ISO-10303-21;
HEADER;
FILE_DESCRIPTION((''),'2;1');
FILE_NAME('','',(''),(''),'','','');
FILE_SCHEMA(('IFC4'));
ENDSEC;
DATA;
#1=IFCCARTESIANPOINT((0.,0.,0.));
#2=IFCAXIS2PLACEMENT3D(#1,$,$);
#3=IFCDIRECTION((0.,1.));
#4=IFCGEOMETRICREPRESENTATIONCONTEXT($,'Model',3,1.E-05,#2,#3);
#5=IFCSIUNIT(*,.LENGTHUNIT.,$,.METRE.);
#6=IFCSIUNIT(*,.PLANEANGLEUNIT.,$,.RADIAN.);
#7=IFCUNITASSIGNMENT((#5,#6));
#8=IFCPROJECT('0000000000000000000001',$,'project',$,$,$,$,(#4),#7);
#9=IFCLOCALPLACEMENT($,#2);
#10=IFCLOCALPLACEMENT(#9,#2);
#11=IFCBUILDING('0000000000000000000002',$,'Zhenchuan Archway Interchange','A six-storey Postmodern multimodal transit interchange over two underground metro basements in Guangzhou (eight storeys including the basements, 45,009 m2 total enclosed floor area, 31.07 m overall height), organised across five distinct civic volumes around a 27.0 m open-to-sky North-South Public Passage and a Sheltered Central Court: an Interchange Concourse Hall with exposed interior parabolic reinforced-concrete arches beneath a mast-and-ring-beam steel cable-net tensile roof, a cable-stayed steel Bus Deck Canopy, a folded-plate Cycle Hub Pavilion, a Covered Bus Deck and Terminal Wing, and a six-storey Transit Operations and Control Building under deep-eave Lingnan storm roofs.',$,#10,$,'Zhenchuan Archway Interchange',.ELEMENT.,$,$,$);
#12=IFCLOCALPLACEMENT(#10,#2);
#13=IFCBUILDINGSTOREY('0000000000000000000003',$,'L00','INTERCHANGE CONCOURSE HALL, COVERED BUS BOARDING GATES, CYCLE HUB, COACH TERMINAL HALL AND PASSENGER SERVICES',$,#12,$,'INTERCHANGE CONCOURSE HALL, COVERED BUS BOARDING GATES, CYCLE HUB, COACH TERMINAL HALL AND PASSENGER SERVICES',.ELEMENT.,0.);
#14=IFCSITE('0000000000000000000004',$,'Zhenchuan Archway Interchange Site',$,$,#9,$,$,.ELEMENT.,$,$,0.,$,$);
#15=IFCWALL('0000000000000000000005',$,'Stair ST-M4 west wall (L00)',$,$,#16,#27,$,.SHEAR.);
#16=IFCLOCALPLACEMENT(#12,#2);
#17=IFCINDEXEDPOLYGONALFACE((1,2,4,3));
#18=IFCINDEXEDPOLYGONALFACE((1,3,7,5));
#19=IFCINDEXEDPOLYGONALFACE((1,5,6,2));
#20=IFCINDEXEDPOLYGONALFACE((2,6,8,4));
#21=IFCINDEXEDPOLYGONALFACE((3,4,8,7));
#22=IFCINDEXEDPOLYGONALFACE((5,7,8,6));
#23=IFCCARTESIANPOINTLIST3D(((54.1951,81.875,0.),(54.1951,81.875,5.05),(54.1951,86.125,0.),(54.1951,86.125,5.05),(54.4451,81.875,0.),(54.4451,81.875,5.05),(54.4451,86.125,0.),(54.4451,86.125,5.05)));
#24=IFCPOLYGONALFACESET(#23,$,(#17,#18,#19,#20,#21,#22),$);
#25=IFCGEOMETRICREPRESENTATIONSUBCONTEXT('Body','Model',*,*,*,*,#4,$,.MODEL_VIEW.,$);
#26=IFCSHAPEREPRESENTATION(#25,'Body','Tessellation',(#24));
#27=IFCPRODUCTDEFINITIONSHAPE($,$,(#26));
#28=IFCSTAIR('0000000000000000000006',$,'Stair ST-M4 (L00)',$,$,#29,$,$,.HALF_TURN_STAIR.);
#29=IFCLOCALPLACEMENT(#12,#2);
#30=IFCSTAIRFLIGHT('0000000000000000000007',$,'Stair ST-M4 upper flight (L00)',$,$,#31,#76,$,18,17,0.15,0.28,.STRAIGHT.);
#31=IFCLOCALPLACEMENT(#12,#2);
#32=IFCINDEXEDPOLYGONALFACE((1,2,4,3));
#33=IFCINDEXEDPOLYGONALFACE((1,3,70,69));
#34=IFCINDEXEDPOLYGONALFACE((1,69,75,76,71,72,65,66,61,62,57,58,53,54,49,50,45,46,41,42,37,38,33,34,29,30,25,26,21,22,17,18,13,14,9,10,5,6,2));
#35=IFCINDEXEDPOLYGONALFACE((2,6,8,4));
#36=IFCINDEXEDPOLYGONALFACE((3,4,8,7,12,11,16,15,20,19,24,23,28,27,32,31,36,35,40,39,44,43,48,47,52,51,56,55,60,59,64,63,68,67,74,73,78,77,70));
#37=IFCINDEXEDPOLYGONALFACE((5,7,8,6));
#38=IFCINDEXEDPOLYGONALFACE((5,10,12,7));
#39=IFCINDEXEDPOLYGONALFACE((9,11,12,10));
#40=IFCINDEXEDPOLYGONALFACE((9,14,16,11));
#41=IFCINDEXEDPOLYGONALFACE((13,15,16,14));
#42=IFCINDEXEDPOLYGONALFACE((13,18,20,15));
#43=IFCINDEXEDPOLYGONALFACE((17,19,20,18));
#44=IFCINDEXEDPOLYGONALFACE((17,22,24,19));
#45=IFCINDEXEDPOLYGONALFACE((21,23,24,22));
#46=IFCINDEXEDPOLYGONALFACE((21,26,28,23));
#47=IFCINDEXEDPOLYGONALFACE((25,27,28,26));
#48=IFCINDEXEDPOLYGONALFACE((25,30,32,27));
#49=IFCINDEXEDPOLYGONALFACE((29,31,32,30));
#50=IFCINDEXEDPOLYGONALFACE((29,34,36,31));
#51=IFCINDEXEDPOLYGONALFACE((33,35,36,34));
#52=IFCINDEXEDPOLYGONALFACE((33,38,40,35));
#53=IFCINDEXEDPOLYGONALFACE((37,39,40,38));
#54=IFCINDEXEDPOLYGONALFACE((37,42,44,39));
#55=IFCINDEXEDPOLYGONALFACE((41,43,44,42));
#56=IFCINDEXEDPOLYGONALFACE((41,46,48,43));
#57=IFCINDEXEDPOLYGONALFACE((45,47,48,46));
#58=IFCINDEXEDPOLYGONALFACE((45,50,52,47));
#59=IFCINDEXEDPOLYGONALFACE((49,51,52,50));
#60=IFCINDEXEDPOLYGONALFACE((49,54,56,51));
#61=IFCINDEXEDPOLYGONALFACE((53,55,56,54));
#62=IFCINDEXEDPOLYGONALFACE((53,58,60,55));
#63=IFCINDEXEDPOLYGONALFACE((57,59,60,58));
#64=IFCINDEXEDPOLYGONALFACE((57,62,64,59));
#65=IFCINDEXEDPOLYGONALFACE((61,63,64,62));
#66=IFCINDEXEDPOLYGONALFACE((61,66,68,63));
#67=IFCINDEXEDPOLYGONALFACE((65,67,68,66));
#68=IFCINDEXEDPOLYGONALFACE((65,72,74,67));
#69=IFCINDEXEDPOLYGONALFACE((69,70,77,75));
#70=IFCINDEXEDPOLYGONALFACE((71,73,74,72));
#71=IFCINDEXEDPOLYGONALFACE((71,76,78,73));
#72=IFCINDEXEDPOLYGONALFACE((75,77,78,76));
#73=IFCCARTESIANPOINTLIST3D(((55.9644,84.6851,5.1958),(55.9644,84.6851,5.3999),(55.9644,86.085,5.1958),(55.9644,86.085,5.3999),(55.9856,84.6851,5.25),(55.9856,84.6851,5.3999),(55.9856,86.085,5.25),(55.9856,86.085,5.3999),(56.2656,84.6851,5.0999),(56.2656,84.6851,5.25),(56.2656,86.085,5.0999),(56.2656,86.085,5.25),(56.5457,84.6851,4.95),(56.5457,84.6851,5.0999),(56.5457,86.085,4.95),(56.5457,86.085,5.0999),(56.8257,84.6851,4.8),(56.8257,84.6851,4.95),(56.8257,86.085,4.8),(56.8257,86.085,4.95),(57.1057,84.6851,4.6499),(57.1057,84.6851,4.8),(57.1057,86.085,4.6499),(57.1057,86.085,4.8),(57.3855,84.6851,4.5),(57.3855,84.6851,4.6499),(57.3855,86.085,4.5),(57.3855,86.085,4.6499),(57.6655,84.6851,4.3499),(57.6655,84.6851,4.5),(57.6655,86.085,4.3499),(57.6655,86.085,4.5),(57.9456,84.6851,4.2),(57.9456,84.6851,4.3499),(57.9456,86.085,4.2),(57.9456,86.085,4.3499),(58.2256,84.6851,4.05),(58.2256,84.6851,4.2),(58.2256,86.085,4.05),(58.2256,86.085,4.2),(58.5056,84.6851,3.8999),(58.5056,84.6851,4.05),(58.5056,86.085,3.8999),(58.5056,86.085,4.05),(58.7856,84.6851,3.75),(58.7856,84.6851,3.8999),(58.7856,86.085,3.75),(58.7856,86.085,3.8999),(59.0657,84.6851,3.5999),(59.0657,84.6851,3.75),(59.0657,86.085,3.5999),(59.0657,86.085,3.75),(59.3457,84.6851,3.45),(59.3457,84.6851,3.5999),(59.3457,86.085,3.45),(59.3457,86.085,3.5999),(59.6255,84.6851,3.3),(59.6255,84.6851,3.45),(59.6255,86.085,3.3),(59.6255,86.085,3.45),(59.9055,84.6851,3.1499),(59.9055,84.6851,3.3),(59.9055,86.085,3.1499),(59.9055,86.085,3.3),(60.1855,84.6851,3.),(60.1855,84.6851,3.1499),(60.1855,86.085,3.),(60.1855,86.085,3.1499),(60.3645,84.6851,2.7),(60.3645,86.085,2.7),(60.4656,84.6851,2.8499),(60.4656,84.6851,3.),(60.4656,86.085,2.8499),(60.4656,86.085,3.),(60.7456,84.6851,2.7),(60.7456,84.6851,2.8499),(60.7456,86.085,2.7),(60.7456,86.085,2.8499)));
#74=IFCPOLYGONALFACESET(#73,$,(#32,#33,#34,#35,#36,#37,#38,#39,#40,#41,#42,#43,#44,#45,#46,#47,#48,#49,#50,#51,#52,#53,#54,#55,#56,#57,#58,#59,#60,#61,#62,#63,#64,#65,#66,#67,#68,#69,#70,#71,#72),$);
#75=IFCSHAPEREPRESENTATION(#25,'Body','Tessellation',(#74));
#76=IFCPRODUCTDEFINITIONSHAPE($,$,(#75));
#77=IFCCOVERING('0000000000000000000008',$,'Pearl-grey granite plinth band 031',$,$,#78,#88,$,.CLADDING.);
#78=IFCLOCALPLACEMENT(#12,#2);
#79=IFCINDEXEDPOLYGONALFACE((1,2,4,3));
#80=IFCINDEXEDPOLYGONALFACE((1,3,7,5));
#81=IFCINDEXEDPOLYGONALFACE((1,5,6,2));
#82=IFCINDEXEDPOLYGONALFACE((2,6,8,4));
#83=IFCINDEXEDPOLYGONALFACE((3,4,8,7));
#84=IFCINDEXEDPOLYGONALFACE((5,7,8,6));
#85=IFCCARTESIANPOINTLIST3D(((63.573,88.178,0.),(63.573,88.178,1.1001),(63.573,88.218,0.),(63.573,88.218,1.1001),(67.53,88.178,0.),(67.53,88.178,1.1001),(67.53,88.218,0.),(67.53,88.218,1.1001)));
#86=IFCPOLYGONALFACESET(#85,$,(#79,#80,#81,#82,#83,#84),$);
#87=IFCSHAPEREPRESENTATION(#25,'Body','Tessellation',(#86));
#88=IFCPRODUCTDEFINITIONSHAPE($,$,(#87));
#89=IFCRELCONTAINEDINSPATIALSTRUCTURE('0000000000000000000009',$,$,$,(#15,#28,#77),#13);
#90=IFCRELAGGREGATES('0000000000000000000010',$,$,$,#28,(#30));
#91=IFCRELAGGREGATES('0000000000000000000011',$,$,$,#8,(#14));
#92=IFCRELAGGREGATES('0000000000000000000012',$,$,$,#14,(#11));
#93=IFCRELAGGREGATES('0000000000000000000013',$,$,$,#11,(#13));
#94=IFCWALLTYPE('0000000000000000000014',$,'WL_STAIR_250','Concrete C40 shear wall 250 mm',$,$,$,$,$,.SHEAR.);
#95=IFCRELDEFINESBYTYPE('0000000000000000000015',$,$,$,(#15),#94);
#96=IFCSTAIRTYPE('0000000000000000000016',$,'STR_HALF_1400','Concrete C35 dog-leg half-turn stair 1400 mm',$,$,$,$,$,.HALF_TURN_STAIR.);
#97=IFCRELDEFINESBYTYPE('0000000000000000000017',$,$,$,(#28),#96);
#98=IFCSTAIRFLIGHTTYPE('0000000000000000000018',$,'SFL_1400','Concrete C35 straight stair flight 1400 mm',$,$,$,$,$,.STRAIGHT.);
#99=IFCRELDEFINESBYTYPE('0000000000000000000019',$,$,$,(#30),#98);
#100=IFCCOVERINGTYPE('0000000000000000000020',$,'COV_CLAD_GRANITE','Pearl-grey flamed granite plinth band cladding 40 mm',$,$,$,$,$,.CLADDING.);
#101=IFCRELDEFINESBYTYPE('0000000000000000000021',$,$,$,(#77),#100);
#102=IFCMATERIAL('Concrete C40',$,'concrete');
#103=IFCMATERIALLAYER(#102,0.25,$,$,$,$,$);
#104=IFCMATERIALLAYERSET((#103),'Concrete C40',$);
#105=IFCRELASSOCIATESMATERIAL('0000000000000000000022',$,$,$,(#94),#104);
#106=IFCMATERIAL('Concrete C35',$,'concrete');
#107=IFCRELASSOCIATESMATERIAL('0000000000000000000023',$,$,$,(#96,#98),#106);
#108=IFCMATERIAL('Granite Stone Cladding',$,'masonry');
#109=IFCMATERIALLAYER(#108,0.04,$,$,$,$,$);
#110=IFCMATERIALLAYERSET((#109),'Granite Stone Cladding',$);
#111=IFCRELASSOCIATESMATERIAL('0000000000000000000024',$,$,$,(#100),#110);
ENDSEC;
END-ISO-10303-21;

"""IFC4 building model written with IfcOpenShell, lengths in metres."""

from ifc_helpers import new_model, si_unit, direction, frame, frame_2d, origin, origin_2d, place, context, subcontext, project, spatial, polyline, rectangle, outline, extrude, material, layer, layer_set, type_object, element, aggregate, save


model = new_model("IFC4")

# Units and contexts
model_context = context("Model", 3, precision=1e-05, world=origin(), true_north=direction((0.0, 1.0)))
body_context = subcontext(model_context, "Body", "Model", "MODEL_VIEW")
ifc_project = project(units=[si_unit("LENGTHUNIT", "METRE"), si_unit("PLANEANGLEUNIT", "RADIAN")], contexts=[model_context])

# Site, building, storey
site_placement = place(None, origin())
site = spatial("IfcSite", under=ifc_project, at=site_placement, Name="Zhenchuan Archway Interchange Site", CompositionType="ELEMENT", RefElevation=0.0)
building_placement = place(site_placement, origin())
building = spatial("IfcBuilding", under=site, at=building_placement, Name="Zhenchuan Archway Interchange", Description="A six-storey Postmodern multimodal transit interchange over two underground metro basements in Guangzhou (eight storeys including the basements, 45,009 m2 total enclosed floor area, 31.07 m overall height), organised across five distinct civic volumes around a 27.0 m open-to-sky North-South Public Passage and a Sheltered Central Court: an Interchange Concourse Hall with exposed interior parabolic reinforced-concrete arches beneath a mast-and-ring-beam steel cable-net tensile roof, a cable-stayed steel Bus Deck Canopy, a folded-plate Cycle Hub Pavilion, a Covered Bus Deck and Terminal Wing, and a six-storey Transit Operations and Control Building under deep-eave Lingnan storm roofs.", LongName="Zhenchuan Archway Interchange", CompositionType="ELEMENT")
storey_placement = place(building_placement, origin())
storey = spatial("IfcBuildingStorey", under=building, at=storey_placement, Name="L00", Description="INTERCHANGE CONCOURSE HALL, COVERED BUS BOARDING GATES, CYCLE HUB, COACH TERMINAL HALL AND PASSENGER SERVICES", LongName="INTERCHANGE CONCOURSE HALL, COVERED BUS BOARDING GATES, CYCLE HUB, COACH TERMINAL HALL AND PASSENGER SERVICES", CompositionType="ELEMENT", Elevation=0.0)

# Shared definitions
ifc_material_1 = material(Name="Concrete C40", Category="concrete")

# Wall
ifc_layer_1 = layer(ifc_material_1, 0.25)
ifc_layer_set_1 = layer_set([ifc_layer_1], Name="Concrete C40")
wall_type_1 = type_object("IfcWallType", Name="WL_STAIR_250", Description="Concrete C40 shear wall 250 mm", PredefinedType="SHEAR", material=ifc_layer_set_1)
wall_1_placement = place(storey_placement, frame((54.3201, 86.125, 0.0), z_axis=(0.0, 0.0, 1.0), x_axis=(0.0, -1.0, 0.0)))
element("IfcWall", 1, at=wall_1_placement, inside=storey, type_object=wall_type_1, Name="Stair ST-M4 west wall (L00)", PredefinedType="SHEAR", context=body_context, shape_type="SweptSolid", body=[
    extrude(rectangle(XDim=4.25, YDim=0.25, at=frame_2d((2.125, 0.0))), origin(), (0.0, 0.0, 1.0), 5.05),
])

# Stair, stair flight
ifc_material_2 = material(Name="Concrete C35", Category="concrete")
stair_type = type_object("IfcStairType", Name="STR_HALF_1400", Description="Concrete C35 dog-leg half-turn stair 1400 mm", PredefinedType="HALF_TURN_STAIR", material=ifc_material_2)
stair_placement = place(storey_placement, origin())
stair = element("IfcStair", 2, at=stair_placement, inside=storey, type_object=stair_type, Name="Stair ST-M4 (L00)", PredefinedType="HALF_TURN_STAIR")
stair_flight_type = type_object("IfcStairFlightType", Name="SFL_1400", Description="Concrete C35 straight stair flight 1400 mm", PredefinedType="STRAIGHT", material=ifc_material_2)
stair_flight_placement = place(storey_placement, frame((60.7456, 85.385, 2.7), z_axis=(0.0, 0.0, 1.0), x_axis=(-1.0, 0.0, 0.0)))
stair_flight = element("IfcStairFlight", 3, at=stair_flight_placement, type_object=stair_flight_type, Name="Stair ST-M4 upper flight (L00)", NumberOfRisers=18, NumberOfTreads=17, PredefinedType="STRAIGHT", RiserHeight=0.15, TreadLength=0.28, context=body_context, shape_type="SweptSolid", body=[
    extrude(outline(polyline([(0.0, 0.0), (0.0, 0.1499), (0.28, 0.1499), (0.28, 0.3), (0.5601, 0.3), (0.5601, 0.45), (0.8401, 0.45), (0.8401, 0.6001), (1.1201, 0.6001), (1.1201, 0.75), (1.3999, 0.75), (1.3999, 0.8999), (1.6799, 0.8999), (1.6799, 1.05), (1.96, 1.05), (1.96, 1.2), (2.24, 1.2), (2.24, 1.3501), (2.52, 1.3501), (2.52, 1.5), (2.8, 1.5), (2.8, 1.6499), (3.0801, 1.6499), (3.0801, 1.8), (3.3601, 1.8), (3.3601, 1.95), (3.6399, 1.95), (3.6399, 2.1001), (3.9199, 2.1001), (3.9199, 2.25), (4.2, 2.25), (4.2, 2.3999), (4.48, 2.3999), (4.48, 2.55), (4.76, 2.55), (4.76, 2.7), (4.7812, 2.7), (4.7812, 2.4958), (0.3811, 0.0), (0.0, 0.0)])), frame((0.0, 0.7, 0.0), z_axis=(0.0, -1.0, 0.0), x_axis=(1.0, 0.0, 0.0)), (0.0, 0.0, 1.0), 1.3999),
])
aggregate(stair, [stair_flight])

# Covering
ifc_material_3 = material(Name="Granite Stone Cladding", Category="masonry")
ifc_layer_2 = layer(ifc_material_3, 0.04)
ifc_layer_set_2 = layer_set([ifc_layer_2], Name="Granite Stone Cladding")
covering_type = type_object("IfcCoveringType", Name="COV_CLAD_GRANITE", Description="Pearl-grey flamed granite plinth band cladding 40 mm", PredefinedType="CLADDING", material=ifc_layer_set_2)
covering_placement = place(storey_placement, frame((65.5515, 88.198, 0.0), z_axis=(0.0, 0.0, 1.0), x_axis=(1.0, 0.0, 0.0)))
element("IfcCovering", 4, at=covering_placement, inside=storey, type_object=covering_type, Name="Pearl-grey granite plinth band 031", PredefinedType="CLADDING", context=body_context, shape_type="SweptSolid", body=[
    extrude(rectangle(XDim=3.957, YDim=0.04, at=origin_2d()), origin(), (0.0, 0.0, 1.0), 1.1001),
])

save(model, "model.ifc")
